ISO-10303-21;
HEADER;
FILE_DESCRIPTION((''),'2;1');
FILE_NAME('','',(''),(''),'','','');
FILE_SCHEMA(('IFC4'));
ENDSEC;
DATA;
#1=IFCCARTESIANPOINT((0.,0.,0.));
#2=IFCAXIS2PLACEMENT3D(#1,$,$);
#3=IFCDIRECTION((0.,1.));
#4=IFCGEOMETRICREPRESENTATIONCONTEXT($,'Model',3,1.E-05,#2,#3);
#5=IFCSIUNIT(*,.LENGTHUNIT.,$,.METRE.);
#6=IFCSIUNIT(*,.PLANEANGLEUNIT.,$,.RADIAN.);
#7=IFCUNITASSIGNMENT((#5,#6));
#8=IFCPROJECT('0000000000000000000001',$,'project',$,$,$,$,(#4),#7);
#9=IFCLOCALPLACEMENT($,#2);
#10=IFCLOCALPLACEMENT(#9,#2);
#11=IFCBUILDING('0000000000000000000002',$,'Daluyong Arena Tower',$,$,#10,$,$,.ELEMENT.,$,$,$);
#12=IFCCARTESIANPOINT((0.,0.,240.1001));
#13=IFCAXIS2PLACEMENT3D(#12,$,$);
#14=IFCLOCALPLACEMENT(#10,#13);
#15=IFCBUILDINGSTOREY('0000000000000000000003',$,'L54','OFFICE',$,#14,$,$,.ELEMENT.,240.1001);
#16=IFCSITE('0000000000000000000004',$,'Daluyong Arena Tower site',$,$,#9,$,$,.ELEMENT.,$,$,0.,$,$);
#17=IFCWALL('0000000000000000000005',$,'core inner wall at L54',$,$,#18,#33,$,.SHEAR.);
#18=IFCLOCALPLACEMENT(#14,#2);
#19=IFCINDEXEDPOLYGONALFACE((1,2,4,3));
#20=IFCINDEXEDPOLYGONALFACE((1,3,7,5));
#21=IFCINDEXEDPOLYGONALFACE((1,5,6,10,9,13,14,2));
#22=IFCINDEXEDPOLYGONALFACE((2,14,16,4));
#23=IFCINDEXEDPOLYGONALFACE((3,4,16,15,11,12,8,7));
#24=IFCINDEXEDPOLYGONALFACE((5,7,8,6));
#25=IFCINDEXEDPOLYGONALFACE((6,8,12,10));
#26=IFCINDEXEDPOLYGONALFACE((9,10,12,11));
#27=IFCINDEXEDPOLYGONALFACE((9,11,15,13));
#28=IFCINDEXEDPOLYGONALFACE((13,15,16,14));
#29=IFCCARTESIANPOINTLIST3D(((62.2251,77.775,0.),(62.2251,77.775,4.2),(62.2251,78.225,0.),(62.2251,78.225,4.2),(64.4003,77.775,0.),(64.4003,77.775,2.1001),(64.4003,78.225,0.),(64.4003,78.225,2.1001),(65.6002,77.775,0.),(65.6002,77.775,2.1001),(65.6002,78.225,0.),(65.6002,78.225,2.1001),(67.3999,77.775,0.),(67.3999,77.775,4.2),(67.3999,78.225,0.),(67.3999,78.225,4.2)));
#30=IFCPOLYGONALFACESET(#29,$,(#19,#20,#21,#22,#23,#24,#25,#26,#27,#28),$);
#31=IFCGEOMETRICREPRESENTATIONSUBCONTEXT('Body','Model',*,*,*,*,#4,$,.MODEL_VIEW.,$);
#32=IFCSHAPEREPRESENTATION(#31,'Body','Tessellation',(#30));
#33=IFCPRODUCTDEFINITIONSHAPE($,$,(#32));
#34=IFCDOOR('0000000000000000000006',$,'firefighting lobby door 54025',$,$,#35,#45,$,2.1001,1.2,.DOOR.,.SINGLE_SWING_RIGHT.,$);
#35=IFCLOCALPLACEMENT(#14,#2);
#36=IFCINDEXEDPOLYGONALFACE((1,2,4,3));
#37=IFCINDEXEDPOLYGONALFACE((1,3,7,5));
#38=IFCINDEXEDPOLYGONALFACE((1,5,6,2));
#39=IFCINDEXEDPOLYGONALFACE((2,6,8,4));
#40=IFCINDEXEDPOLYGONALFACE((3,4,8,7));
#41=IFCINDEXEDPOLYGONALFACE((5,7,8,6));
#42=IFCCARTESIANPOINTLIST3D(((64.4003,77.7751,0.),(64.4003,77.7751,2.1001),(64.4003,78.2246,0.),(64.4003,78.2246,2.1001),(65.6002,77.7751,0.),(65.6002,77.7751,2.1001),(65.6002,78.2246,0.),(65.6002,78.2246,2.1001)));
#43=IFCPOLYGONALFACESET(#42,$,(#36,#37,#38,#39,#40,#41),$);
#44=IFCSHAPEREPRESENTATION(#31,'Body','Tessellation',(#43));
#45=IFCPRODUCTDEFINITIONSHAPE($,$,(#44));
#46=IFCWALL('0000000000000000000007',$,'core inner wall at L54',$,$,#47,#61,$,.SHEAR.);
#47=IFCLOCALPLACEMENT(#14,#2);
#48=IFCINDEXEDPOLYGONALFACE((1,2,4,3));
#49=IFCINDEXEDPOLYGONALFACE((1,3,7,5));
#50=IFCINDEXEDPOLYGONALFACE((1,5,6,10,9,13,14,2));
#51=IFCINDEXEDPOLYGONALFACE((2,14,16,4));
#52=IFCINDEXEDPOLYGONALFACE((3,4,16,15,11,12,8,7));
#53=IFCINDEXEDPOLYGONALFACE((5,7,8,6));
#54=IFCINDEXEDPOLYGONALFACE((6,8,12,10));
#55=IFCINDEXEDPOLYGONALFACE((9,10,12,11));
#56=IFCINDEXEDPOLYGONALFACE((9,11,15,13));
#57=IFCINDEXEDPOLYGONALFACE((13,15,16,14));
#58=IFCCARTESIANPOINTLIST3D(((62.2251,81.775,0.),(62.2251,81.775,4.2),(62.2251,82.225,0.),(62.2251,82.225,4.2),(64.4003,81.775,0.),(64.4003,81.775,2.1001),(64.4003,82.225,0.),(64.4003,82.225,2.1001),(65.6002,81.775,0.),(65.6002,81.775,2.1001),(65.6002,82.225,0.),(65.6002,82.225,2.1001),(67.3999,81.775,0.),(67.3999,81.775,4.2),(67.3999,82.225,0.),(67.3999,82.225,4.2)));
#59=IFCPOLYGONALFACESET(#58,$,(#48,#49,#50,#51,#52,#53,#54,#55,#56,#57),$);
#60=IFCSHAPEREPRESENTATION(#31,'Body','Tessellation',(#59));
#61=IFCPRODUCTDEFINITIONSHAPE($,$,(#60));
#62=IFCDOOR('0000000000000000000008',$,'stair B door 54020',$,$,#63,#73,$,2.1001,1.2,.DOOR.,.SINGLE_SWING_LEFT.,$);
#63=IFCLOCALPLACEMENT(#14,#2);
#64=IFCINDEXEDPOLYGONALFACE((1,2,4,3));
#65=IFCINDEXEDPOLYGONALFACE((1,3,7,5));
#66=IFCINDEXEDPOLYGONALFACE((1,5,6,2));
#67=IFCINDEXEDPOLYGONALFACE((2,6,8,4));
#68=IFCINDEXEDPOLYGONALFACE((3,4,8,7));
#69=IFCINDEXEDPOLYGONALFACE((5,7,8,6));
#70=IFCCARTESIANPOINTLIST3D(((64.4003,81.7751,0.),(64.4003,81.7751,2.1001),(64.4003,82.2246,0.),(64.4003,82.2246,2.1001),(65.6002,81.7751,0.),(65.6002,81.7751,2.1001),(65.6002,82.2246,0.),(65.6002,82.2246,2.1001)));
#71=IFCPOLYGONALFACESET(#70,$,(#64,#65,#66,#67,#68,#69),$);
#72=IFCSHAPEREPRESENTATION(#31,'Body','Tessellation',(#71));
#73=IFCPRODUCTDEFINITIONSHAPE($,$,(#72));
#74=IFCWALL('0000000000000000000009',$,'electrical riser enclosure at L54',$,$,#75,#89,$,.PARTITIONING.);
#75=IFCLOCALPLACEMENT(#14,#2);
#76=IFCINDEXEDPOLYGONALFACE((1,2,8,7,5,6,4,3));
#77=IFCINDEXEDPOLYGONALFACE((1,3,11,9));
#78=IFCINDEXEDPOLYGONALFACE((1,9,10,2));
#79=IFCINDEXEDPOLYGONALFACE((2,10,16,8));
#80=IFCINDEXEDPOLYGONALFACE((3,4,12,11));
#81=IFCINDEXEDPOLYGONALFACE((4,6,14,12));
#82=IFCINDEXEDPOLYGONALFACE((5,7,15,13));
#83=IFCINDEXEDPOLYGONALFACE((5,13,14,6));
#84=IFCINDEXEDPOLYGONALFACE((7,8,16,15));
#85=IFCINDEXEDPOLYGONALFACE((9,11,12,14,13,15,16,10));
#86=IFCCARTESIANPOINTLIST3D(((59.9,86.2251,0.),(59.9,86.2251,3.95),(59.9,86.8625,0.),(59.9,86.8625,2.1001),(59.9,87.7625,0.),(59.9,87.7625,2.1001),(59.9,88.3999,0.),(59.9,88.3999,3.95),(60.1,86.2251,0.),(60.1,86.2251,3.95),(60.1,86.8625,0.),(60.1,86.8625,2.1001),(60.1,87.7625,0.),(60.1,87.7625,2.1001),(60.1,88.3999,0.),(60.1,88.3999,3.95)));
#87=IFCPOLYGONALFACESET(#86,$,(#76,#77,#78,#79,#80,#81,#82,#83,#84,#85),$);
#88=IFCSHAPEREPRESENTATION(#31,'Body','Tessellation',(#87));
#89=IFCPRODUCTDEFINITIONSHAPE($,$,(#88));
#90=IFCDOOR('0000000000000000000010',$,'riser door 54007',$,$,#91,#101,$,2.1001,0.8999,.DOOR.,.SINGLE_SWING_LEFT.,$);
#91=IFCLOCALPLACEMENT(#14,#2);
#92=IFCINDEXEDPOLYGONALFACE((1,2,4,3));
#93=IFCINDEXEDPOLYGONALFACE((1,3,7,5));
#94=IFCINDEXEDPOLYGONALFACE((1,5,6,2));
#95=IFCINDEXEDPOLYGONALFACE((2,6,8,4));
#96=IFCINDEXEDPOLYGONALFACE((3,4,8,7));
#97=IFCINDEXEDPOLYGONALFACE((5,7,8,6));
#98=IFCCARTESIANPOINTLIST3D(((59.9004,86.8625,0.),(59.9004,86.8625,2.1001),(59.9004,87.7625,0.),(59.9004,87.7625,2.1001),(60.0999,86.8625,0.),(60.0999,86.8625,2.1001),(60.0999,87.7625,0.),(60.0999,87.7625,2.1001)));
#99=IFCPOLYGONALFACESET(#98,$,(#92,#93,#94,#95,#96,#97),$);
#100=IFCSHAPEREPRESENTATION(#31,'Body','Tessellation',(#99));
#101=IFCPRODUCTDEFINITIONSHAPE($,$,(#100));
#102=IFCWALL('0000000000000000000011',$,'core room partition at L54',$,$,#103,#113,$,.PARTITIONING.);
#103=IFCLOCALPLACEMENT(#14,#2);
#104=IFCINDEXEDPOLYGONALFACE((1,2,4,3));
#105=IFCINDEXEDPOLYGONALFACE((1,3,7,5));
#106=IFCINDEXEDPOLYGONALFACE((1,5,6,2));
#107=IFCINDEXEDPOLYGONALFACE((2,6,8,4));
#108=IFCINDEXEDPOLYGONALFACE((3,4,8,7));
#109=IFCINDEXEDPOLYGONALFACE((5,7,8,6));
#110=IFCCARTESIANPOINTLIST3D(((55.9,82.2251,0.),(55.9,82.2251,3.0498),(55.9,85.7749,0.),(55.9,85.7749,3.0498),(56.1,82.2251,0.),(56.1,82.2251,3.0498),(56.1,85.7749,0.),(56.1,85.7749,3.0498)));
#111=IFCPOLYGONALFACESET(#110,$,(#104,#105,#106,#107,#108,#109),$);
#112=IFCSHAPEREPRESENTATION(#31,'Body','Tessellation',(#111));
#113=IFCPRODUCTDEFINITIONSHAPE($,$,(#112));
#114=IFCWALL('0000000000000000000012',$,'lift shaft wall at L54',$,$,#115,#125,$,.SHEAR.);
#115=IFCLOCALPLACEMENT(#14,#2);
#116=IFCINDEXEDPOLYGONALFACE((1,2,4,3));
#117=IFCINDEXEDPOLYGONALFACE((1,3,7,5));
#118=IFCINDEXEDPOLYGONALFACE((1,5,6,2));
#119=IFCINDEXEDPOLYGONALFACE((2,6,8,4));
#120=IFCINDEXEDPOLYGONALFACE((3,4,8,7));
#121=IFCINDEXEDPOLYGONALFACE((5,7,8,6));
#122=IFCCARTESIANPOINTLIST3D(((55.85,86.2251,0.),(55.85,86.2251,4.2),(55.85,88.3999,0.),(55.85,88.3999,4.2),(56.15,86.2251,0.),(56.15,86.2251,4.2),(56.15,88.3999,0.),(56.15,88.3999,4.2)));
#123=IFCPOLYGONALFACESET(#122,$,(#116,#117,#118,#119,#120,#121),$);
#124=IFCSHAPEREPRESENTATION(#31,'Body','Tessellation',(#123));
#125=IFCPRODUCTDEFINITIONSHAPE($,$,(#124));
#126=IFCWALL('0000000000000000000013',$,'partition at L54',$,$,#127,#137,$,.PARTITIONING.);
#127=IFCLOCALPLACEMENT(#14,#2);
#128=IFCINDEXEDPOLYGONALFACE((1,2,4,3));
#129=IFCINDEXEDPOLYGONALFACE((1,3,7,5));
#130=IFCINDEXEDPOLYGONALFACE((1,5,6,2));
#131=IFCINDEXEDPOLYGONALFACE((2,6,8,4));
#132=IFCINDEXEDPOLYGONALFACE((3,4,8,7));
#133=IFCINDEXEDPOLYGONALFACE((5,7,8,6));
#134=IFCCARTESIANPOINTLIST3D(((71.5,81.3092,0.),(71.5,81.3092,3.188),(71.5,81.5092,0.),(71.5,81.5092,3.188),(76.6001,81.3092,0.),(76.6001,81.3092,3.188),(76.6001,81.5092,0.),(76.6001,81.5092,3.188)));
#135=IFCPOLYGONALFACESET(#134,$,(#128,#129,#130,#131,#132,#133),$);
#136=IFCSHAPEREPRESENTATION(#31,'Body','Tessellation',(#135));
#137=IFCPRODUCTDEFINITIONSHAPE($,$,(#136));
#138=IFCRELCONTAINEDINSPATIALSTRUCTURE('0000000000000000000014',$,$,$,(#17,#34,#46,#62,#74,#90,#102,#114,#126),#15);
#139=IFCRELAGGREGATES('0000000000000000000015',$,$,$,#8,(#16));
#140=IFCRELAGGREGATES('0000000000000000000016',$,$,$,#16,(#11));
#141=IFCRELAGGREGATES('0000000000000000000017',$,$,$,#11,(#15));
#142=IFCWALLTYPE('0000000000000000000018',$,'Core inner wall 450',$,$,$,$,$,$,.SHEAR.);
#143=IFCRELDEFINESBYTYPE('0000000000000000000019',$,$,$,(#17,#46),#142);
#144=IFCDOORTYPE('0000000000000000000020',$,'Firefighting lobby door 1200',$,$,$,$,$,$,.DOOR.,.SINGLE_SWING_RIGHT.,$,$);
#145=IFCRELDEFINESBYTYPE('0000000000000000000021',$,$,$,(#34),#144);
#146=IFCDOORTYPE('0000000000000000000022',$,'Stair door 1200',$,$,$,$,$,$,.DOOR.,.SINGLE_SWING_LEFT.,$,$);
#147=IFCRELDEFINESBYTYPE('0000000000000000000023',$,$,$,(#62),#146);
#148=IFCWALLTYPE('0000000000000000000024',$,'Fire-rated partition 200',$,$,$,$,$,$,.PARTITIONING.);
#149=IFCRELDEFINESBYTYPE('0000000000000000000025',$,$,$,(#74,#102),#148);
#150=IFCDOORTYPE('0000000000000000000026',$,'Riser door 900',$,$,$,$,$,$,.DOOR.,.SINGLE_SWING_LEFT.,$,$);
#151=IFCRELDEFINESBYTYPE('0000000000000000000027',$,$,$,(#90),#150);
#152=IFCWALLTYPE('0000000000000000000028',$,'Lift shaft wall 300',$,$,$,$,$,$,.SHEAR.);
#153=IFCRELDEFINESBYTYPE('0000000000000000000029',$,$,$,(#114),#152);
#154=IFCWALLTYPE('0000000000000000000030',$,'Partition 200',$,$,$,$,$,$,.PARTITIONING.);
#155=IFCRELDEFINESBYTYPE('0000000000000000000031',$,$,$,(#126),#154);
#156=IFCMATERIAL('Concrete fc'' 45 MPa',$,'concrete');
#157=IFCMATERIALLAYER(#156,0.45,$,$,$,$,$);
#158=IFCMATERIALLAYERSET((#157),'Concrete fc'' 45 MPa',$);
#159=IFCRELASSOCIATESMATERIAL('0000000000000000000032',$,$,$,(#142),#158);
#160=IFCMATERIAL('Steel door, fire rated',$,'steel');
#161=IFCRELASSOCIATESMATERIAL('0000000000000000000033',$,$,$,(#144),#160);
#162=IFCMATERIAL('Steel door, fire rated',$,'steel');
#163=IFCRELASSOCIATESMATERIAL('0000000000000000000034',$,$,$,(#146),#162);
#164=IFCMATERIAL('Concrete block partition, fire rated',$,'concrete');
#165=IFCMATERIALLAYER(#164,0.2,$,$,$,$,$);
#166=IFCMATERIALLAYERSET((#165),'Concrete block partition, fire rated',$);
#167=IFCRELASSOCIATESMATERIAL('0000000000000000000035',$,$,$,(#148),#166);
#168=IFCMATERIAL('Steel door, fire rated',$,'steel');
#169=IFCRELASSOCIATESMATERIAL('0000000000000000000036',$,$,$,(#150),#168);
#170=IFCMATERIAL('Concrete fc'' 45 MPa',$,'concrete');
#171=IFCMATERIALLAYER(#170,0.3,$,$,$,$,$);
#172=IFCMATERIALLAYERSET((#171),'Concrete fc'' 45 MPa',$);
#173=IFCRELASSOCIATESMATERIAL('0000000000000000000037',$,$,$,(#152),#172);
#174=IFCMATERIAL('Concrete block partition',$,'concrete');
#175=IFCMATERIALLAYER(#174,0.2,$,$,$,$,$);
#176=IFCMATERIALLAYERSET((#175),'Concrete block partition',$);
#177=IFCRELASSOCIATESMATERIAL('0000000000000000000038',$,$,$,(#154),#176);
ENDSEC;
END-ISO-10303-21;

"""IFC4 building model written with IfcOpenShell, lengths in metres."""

from ifc_helpers import new_model, si_unit, direction, frame, frame_2d, origin, place, context, subcontext, project, spatial, rectangle, extrude, material, layer, layer_set, type_object, element, fill, save


model = new_model("IFC4")

# Units and contexts
model_context = context("Model", 3, precision=1e-05, world=origin(), true_north=direction((0.0, 1.0)))
body_context = subcontext(model_context, "Body", "Model", "MODEL_VIEW")
ifc_project = project(units=[si_unit("LENGTHUNIT", "METRE"), si_unit("PLANEANGLEUNIT", "RADIAN")], contexts=[model_context])

# Site, building, storey
site_placement = place(None, origin())
site = spatial("IfcSite", under=ifc_project, at=site_placement, Name="Daluyong Arena Tower site", CompositionType="ELEMENT", RefElevation=0.0)
building_placement = place(site_placement, origin())
building = spatial("IfcBuilding", under=site, at=building_placement, Name="Daluyong Arena Tower", CompositionType="ELEMENT")
storey_placement = place(building_placement, frame((0.0, 0.0, 240.1001)))
storey = spatial("IfcBuildingStorey", under=building, at=storey_placement, Name="L54", Description="OFFICE", CompositionType="ELEMENT", Elevation=240.1001)

# Walls, openings, doors
ifc_material_1 = material(Name="Concrete fc' 45 MPa", Category="concrete")
ifc_layer_1 = layer(ifc_material_1, 0.45)
ifc_layer_set_1 = layer_set([ifc_layer_1], Name="Concrete fc' 45 MPa")
wall_type_1 = type_object("IfcWallType", Name="Core inner wall 450", PredefinedType="SHEAR", material=ifc_layer_set_1)
wall_1_placement = place(storey_placement, frame((62.2251, 78.0, 0.0), z_axis=(0.0, 0.0, 1.0), x_axis=(1.0, 0.0, 0.0)))
wall_1 = element("IfcWall", 1, at=wall_1_placement, inside=storey, type_object=wall_type_1, Name="core inner wall at L54", PredefinedType="SHEAR", context=body_context, shape_type="SweptSolid", body=[
    extrude(rectangle(XDim=5.1748, YDim=0.45, at=frame_2d((2.5874, 0.0))), origin(), (0.0, 0.0, 1.0), 4.2),
])
opening_1_placement = place(wall_1_placement, frame((2.175, 0.0, 0.0)))
opening_1 = element("IfcOpeningElement", 2, at=opening_1_placement, cuts=wall_1, PredefinedType="OPENING", context=body_context, shape_type="SweptSolid", body=[
    extrude(rectangle(XDim=1.2, YDim=2.1001, at=frame_2d((0.6001, 1.05))), frame((0.0, 0.2349, 0.0), z_axis=(0.0, -1.0, 0.0), x_axis=(1.0, 0.0, 0.0)), (0.0, 0.0, 1.0), 0.47),
])
ifc_material_2 = material(Name="Steel door, fire rated", Category="steel")
door_type_1 = type_object("IfcDoorType", Name="Firefighting lobby door 1200", OperationType="SINGLE_SWING_RIGHT", PredefinedType="DOOR", material=ifc_material_2)
door_1_placement = place(opening_1_placement, origin())
door_1 = element("IfcDoor", 3, at=door_1_placement, inside=storey, type_object=door_type_1, Name="firefighting lobby door 54025", OperationType="SINGLE_SWING_RIGHT", OverallHeight=2.1001, OverallWidth=1.2, PredefinedType="DOOR", context=body_context, shape_type="SweptSolid", body=[
    extrude(rectangle(XDim=1.2, YDim=2.1001, at=frame_2d((0.6001, 1.05))), frame((0.0, 0.2246, 0.0), z_axis=(0.0, -1.0, 0.0), x_axis=(1.0, 0.0, 0.0)), (0.0, 0.0, 1.0), 0.4495),
])
fill(opening_1, door_1)
wall_2_placement = place(storey_placement, frame((62.2251, 82.0, 0.0), z_axis=(0.0, 0.0, 1.0), x_axis=(1.0, 0.0, 0.0)))
wall_2 = element("IfcWall", 4, at=wall_2_placement, inside=storey, type_object=wall_type_1, Name="core inner wall at L54", PredefinedType="SHEAR", context=body_context, shape_type="SweptSolid", body=[
    extrude(rectangle(XDim=5.1748, YDim=0.45, at=frame_2d((2.5874, 0.0))), origin(), (0.0, 0.0, 1.0), 4.2),
])
opening_2_placement = place(wall_2_placement, frame((2.175, 0.0, 0.0)))
opening_2 = element("IfcOpeningElement", 5, at=opening_2_placement, cuts=wall_2, PredefinedType="OPENING", context=body_context, shape_type="SweptSolid", body=[
    extrude(rectangle(XDim=1.2, YDim=2.1001, at=frame_2d((0.6001, 1.05))), frame((0.0, 0.2349, 0.0), z_axis=(0.0, -1.0, 0.0), x_axis=(1.0, 0.0, 0.0)), (0.0, 0.0, 1.0), 0.47),
])
ifc_material_3 = material(Name="Steel door, fire rated", Category="steel")
door_type_2 = type_object("IfcDoorType", Name="Stair door 1200", OperationType="SINGLE_SWING_LEFT", PredefinedType="DOOR", material=ifc_material_3)
door_2_placement = place(opening_2_placement, origin())
door_2 = element("IfcDoor", 6, at=door_2_placement, inside=storey, type_object=door_type_2, Name="stair B door 54020", OperationType="SINGLE_SWING_LEFT", OverallHeight=2.1001, OverallWidth=1.2, PredefinedType="DOOR", context=body_context, shape_type="SweptSolid", body=[
    extrude(rectangle(XDim=1.2, YDim=2.1001, at=frame_2d((0.6001, 1.05))), frame((0.0, 0.2246, 0.0), z_axis=(0.0, -1.0, 0.0), x_axis=(1.0, 0.0, 0.0)), (0.0, 0.0, 1.0), 0.4495),
])
fill(opening_2, door_2)
ifc_material_4 = material(Name="Concrete block partition, fire rated", Category="concrete")
ifc_layer_2 = layer(ifc_material_4, 0.2)
ifc_layer_set_2 = layer_set([ifc_layer_2], Name="Concrete block partition, fire rated")
wall_type_2 = type_object("IfcWallType", Name="Fire-rated partition 200", PredefinedType="PARTITIONING", material=ifc_layer_set_2)
wall_3_placement = place(storey_placement, frame((60.0, 86.2251, 0.0), z_axis=(0.0, 0.0, 1.0), x_axis=(0.0, 1.0, 0.0)))
wall_3 = element("IfcWall", 7, at=wall_3_placement, inside=storey, type_object=wall_type_2, Name="electrical riser enclosure at L54", PredefinedType="PARTITIONING", context=body_context, shape_type="SweptSolid", body=[
    extrude(rectangle(XDim=2.1748, YDim=0.2, at=frame_2d((1.0874, 0.0))), origin(), (0.0, 0.0, 1.0), 3.95),
])
opening_3_placement = place(wall_3_placement, frame((0.6375, 0.0, 0.0)))
opening_3 = element("IfcOpeningElement", 8, at=opening_3_placement, cuts=wall_3, PredefinedType="OPENING", context=body_context, shape_type="SweptSolid", body=[
    extrude(rectangle(XDim=0.8999, YDim=2.1001, at=frame_2d((0.45, 1.05))), frame((0.0, 0.1099, 0.0), z_axis=(0.0, -1.0, 0.0), x_axis=(1.0, 0.0, 0.0)), (0.0, 0.0, 1.0), 0.22),
])
ifc_material_5 = material(Name="Steel door, fire rated", Category="steel")
door_type_3 = type_object("IfcDoorType", Name="Riser door 900", OperationType="SINGLE_SWING_LEFT", PredefinedType="DOOR", material=ifc_material_5)
door_3_placement = place(opening_3_placement, origin())
door_3 = element("IfcDoor", 9, at=door_3_placement, inside=storey, type_object=door_type_3, Name="riser door 54007", OperationType="SINGLE_SWING_LEFT", OverallHeight=2.1001, OverallWidth=0.8999, PredefinedType="DOOR", context=body_context, shape_type="SweptSolid", body=[
    extrude(rectangle(XDim=0.8999, YDim=2.1001, at=frame_2d((0.45, 1.05))), frame((0.0, 0.0996, 0.0), z_axis=(0.0, -1.0, 0.0), x_axis=(1.0, 0.0, 0.0)), (0.0, 0.0, 1.0), 0.1995),
])
fill(opening_3, door_3)

# Walls
wall_4_placement = place(storey_placement, frame((56.0, 82.2251, 0.0), z_axis=(0.0, 0.0, 1.0), x_axis=(0.0, 1.0, 0.0)))
element("IfcWall", 10, at=wall_4_placement, inside=storey, type_object=wall_type_2, Name="core room partition at L54", PredefinedType="PARTITIONING", context=body_context, shape_type="SweptSolid", body=[
    extrude(rectangle(XDim=3.5498, YDim=0.2, at=frame_2d((1.7749, 0.0))), origin(), (0.0, 0.0, 1.0), 3.0498),
])
ifc_material_6 = material(Name="Concrete fc' 45 MPa", Category="concrete")
ifc_layer_3 = layer(ifc_material_6, 0.3)
ifc_layer_set_3 = layer_set([ifc_layer_3], Name="Concrete fc' 45 MPa")
wall_type_3 = type_object("IfcWallType", Name="Lift shaft wall 300", PredefinedType="SHEAR", material=ifc_layer_set_3)
wall_5_placement = place(storey_placement, frame((56.0, 86.2251, 0.0), z_axis=(0.0, 0.0, 1.0), x_axis=(0.0, 1.0, 0.0)))
element("IfcWall", 11, at=wall_5_placement, inside=storey, type_object=wall_type_3, Name="lift shaft wall at L54", PredefinedType="SHEAR", context=body_context, shape_type="SweptSolid", body=[
    extrude(rectangle(XDim=2.1748, YDim=0.3, at=frame_2d((1.0874, 0.0))), origin(), (0.0, 0.0, 1.0), 4.2),
])
ifc_material_7 = material(Name="Concrete block partition", Category="concrete")
ifc_layer_4 = layer(ifc_material_7, 0.2)
ifc_layer_set_4 = layer_set([ifc_layer_4], Name="Concrete block partition")
wall_type_4 = type_object("IfcWallType", Name="Partition 200", PredefinedType="PARTITIONING", material=ifc_layer_set_4)
wall_6_placement = place(storey_placement, frame((71.5, 81.4092, 0.0), z_axis=(0.0, 0.0, 1.0), x_axis=(1.0, 0.0, 0.0)))
element("IfcWall", 12, at=wall_6_placement, inside=storey, type_object=wall_type_4, Name="partition at L54", PredefinedType="PARTITIONING", context=body_context, shape_type="SweptSolid", body=[
    extrude(rectangle(XDim=5.1001, YDim=0.2, at=frame_2d((2.55, 0.0))), origin(), (0.0, 0.0, 1.0), 3.188),
])

save(model, "model.ifc")
